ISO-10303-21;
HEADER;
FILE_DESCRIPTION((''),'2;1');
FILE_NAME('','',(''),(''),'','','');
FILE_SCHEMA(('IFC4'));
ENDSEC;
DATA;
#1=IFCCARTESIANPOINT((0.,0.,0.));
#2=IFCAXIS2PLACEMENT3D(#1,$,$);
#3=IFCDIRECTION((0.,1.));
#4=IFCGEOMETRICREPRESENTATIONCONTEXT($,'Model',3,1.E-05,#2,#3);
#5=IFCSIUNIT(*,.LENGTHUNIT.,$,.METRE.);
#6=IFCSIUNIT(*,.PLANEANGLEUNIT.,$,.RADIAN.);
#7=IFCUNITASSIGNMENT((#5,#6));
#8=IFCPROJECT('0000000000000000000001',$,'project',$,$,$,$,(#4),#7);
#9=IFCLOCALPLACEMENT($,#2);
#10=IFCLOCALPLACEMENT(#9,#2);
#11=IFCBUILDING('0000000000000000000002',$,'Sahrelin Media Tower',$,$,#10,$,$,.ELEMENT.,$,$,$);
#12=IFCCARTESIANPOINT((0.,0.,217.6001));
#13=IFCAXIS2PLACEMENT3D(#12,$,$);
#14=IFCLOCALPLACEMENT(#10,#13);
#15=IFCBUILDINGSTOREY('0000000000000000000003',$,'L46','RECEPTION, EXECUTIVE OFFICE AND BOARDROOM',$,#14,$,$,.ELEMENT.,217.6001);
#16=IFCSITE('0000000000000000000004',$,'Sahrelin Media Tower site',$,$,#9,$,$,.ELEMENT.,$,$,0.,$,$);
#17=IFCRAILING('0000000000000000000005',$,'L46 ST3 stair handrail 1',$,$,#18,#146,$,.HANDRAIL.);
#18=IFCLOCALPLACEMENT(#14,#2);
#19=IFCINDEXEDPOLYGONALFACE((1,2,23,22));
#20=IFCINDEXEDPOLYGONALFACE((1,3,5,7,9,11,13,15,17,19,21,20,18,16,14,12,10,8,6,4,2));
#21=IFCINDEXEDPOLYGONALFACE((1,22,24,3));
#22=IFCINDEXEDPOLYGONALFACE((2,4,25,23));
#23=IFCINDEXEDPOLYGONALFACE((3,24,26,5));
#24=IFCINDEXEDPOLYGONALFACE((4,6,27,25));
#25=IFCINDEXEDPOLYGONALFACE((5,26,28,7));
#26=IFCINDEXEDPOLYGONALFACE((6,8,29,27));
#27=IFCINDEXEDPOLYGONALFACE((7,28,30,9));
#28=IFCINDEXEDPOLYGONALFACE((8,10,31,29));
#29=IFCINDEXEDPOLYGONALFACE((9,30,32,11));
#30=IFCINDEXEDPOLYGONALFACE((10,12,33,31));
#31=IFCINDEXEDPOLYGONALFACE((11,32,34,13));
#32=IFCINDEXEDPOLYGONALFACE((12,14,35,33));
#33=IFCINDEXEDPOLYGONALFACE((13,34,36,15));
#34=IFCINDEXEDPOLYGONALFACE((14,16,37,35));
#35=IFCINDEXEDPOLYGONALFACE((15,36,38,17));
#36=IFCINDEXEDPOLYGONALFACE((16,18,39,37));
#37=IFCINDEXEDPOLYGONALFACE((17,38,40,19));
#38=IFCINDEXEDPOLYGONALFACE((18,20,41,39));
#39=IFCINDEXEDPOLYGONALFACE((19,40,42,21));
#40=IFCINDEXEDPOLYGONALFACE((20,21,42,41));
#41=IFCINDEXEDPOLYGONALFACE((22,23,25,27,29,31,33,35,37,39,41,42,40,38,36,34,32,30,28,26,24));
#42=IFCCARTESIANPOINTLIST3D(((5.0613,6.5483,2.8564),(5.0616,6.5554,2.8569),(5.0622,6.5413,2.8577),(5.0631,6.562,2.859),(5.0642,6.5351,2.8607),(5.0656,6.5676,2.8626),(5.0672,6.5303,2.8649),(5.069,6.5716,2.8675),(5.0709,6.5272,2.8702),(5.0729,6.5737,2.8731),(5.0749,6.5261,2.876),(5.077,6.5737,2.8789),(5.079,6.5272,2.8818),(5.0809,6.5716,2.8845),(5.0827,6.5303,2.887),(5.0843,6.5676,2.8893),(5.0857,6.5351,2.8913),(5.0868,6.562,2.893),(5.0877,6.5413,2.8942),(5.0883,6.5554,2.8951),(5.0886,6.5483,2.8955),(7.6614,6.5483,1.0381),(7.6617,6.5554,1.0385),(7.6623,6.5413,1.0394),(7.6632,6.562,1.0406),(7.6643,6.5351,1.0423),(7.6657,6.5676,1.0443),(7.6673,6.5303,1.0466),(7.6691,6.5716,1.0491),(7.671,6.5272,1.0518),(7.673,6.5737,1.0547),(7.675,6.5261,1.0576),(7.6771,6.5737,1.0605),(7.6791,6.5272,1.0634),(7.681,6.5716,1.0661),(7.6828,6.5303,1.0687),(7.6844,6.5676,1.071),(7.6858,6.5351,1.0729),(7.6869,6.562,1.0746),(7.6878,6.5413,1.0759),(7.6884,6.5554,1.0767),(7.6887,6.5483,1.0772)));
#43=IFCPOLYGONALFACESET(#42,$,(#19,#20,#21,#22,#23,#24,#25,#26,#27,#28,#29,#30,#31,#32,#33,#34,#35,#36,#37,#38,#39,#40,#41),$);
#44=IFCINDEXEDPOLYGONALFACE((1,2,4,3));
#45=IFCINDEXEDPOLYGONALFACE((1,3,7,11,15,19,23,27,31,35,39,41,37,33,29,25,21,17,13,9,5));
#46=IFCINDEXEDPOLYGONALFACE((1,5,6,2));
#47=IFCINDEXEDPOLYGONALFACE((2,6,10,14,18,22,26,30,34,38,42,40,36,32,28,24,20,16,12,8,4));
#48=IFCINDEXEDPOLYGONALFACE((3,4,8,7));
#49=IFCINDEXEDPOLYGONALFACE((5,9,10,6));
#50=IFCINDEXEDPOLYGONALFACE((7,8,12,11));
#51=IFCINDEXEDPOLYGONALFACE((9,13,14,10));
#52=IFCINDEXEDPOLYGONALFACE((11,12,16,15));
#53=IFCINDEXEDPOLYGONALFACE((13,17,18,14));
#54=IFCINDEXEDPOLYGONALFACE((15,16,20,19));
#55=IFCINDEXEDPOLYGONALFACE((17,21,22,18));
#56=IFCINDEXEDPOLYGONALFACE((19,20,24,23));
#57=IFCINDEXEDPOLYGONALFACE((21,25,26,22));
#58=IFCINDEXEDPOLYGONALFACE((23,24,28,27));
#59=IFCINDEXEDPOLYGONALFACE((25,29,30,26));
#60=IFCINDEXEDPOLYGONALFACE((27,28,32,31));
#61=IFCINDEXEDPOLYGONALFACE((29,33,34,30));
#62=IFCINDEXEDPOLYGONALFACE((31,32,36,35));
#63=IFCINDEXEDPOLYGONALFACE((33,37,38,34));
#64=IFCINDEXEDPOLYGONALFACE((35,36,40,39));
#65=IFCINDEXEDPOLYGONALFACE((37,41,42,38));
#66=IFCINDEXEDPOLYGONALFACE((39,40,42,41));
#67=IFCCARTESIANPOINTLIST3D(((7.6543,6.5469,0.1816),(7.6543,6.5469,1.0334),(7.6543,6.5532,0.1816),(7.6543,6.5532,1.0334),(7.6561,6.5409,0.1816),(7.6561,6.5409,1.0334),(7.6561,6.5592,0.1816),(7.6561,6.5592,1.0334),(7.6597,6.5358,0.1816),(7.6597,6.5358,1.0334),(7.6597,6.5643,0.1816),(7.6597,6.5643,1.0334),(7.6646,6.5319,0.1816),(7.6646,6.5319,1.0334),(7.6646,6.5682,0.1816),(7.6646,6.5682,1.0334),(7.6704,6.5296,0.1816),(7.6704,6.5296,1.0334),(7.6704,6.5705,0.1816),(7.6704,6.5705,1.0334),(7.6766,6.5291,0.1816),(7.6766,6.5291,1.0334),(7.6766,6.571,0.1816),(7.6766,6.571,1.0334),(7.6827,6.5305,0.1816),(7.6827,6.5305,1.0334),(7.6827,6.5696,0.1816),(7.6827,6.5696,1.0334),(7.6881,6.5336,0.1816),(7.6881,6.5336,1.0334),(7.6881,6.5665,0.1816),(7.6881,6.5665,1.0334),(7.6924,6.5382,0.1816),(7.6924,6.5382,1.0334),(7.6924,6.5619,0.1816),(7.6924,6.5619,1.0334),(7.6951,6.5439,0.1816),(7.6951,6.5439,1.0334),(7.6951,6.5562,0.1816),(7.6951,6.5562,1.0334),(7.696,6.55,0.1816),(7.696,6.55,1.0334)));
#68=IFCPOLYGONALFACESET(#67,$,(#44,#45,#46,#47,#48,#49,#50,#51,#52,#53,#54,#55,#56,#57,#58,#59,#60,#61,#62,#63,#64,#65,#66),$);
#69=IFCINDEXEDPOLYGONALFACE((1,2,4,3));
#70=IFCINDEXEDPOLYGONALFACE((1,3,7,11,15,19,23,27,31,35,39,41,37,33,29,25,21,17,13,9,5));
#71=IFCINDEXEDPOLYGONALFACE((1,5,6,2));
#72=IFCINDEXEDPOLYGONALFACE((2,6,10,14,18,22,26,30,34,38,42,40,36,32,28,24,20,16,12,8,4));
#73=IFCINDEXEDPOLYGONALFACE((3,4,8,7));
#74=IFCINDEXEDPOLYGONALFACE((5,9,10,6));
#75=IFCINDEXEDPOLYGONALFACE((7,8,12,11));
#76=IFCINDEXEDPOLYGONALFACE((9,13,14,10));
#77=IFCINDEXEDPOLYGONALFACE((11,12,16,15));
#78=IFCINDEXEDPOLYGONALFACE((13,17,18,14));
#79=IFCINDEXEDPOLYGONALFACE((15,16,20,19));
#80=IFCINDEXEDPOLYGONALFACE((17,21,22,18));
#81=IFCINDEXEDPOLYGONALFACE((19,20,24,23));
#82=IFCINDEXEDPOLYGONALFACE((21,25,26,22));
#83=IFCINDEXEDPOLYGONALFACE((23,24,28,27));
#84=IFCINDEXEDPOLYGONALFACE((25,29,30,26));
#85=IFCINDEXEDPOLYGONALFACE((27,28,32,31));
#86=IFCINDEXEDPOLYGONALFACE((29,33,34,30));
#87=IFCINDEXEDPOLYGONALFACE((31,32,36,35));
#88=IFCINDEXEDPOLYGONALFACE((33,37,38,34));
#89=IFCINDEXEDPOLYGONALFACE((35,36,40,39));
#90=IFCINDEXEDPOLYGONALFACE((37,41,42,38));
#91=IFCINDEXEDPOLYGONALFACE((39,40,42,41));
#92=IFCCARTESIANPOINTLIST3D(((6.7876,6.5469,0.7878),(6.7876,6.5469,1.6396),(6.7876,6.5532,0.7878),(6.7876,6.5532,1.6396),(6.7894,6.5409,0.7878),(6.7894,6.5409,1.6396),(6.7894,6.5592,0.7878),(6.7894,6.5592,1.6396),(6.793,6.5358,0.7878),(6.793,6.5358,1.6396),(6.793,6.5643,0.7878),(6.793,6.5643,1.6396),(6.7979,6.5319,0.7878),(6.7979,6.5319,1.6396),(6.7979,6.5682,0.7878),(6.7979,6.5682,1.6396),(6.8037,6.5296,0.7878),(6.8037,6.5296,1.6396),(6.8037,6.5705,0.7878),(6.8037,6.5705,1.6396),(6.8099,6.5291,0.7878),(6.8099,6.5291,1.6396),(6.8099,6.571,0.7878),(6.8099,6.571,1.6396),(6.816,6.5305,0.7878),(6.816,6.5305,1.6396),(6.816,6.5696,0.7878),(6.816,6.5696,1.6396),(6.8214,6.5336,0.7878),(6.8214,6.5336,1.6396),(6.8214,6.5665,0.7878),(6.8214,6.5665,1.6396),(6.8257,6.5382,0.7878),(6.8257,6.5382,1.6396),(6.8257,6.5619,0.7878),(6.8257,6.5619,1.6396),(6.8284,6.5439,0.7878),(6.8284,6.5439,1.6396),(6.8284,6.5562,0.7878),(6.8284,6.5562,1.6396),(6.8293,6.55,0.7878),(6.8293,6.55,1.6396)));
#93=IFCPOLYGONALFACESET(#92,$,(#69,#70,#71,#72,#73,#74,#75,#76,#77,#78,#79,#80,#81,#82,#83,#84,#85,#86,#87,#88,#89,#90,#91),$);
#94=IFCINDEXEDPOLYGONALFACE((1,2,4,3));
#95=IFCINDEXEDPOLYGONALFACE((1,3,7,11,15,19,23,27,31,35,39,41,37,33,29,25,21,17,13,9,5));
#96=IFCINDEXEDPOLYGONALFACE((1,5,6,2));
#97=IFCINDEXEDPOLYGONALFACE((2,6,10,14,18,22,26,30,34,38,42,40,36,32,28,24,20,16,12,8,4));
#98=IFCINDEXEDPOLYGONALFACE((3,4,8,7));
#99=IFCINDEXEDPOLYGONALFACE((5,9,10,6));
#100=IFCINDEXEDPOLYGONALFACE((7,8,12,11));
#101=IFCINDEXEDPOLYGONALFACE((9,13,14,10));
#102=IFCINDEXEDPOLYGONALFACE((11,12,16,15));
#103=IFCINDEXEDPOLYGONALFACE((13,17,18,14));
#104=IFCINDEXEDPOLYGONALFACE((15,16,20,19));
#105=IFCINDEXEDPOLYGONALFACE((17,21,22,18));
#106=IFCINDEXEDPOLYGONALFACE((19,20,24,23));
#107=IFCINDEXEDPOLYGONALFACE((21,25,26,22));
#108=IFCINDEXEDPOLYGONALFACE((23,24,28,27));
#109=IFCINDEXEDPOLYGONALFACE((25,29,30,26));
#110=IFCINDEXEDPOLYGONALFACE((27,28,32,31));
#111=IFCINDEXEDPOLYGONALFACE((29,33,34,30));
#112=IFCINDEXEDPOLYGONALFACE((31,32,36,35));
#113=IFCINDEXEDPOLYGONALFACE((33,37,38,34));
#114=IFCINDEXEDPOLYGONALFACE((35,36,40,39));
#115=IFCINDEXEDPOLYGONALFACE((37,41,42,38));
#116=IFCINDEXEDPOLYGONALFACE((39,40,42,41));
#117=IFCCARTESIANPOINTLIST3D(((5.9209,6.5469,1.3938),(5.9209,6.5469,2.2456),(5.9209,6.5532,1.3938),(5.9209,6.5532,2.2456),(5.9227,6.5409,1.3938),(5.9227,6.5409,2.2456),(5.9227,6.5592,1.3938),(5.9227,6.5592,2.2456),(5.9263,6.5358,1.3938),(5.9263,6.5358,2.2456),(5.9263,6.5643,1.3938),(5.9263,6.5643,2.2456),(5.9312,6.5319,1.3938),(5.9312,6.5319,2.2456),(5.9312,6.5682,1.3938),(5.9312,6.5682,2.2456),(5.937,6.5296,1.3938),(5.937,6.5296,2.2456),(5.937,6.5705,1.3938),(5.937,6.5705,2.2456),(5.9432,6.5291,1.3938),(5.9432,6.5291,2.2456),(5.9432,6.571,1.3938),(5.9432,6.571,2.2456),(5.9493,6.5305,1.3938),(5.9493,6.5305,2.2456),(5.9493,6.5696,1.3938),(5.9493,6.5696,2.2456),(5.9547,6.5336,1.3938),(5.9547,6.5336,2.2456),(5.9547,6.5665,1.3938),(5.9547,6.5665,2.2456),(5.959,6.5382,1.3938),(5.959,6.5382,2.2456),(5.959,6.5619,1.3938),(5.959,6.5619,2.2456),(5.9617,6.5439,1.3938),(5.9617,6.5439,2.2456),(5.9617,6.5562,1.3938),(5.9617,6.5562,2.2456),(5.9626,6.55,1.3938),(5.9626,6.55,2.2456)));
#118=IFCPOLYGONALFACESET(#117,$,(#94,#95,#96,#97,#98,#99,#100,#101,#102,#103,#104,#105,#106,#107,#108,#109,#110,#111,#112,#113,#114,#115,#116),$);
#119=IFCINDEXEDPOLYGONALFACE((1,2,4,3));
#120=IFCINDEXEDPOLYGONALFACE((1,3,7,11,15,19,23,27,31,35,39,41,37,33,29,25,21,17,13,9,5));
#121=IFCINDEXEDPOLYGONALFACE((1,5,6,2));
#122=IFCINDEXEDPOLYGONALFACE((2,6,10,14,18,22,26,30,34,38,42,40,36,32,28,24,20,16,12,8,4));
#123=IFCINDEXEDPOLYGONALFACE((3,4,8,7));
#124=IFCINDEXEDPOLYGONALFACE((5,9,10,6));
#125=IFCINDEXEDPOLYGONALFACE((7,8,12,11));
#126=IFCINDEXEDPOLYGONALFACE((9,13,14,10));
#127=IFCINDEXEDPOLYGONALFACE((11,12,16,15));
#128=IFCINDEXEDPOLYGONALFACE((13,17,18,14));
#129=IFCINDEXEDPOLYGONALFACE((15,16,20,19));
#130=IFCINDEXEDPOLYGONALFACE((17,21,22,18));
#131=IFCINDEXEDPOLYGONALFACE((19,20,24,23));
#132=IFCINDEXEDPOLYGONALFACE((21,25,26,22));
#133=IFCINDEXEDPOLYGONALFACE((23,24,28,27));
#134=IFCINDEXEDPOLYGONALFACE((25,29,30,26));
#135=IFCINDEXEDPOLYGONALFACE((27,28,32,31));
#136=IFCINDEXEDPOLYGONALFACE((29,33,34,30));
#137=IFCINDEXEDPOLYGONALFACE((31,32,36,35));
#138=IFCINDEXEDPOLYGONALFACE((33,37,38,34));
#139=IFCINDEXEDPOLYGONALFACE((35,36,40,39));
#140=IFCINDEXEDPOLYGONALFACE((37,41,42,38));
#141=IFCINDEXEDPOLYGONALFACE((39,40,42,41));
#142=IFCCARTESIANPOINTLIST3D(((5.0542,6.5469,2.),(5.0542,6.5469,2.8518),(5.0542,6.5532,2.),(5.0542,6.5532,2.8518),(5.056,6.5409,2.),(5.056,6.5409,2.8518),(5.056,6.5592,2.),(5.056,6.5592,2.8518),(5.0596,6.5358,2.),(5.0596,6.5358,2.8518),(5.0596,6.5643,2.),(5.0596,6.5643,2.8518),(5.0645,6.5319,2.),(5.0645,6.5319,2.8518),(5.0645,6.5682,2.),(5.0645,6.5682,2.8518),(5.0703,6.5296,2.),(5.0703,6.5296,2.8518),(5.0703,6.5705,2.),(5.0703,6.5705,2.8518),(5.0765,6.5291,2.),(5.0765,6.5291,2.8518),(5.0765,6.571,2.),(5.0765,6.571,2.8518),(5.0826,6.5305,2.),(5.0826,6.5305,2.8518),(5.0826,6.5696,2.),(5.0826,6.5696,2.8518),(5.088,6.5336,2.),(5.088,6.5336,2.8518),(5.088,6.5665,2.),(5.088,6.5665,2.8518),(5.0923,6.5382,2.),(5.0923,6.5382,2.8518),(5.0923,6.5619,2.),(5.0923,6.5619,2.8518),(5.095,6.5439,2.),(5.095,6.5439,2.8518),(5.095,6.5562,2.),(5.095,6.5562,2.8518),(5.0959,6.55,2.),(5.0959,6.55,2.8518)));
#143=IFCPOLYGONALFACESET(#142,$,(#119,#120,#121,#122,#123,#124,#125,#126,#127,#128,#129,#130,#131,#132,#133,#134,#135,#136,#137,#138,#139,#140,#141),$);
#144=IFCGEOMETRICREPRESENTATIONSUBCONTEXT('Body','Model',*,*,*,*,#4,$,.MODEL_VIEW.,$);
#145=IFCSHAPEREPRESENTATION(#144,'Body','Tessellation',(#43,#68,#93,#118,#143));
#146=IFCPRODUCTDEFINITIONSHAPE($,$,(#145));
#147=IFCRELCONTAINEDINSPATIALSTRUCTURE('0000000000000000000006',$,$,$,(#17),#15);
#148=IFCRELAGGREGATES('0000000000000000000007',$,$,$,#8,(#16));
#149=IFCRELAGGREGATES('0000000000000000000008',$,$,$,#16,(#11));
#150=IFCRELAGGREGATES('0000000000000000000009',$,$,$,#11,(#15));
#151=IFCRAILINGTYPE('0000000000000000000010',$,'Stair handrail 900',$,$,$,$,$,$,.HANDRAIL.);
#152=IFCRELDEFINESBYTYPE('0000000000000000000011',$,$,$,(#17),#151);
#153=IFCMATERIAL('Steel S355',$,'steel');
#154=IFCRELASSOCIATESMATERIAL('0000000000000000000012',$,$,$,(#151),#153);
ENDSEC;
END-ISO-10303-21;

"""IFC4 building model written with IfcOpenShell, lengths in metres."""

from ifc_helpers import new_model, si_unit, direction, frame, origin, origin_2d, place, context, subcontext, project, spatial, circle, extrude, material, type_object, element, save


model = new_model("IFC4")

# Units and contexts
model_context = context("Model", 3, precision=1e-05, world=origin(), true_north=direction((0.0, 1.0)))
body_context = subcontext(model_context, "Body", "Model", "MODEL_VIEW")
ifc_project = project(units=[si_unit("LENGTHUNIT", "METRE"), si_unit("PLANEANGLEUNIT", "RADIAN")], contexts=[model_context])

# Site, building, storey
site_placement = place(None, origin())
site = spatial("IfcSite", under=ifc_project, at=site_placement, Name="Sahrelin Media Tower site", CompositionType="ELEMENT", RefElevation=0.0)
building_placement = place(site_placement, origin())
building = spatial("IfcBuilding", under=site, at=building_placement, Name="Sahrelin Media Tower", CompositionType="ELEMENT")
storey_placement = place(building_placement, frame((0.0, 0.0, 217.6001)))
storey = spatial("IfcBuildingStorey", under=building, at=storey_placement, Name="L46", Description="RECEPTION, EXECUTIVE OFFICE AND BOARDROOM", CompositionType="ELEMENT", Elevation=217.6001)

# Shared definitions
ifc_material_1 = material(Name="Steel S355", Category="steel")

# Railing
railing_type_1 = type_object("IfcRailingType", Name="Stair handrail 900", PredefinedType="HANDRAIL", material=ifc_material_1)
railing_1_placement = place(storey_placement, frame((7.675, 6.55, 0.1816)))
element("IfcRailing", 1, at=railing_1_placement, inside=storey, type_object=railing_type_1, Name="L46 ST3 stair handrail 1", PredefinedType="HANDRAIL", context=body_context, shape_type="SweptSolid", body=[
    extrude(circle(Radius=0.0239, at=origin_2d()), frame((0.0, 0.0, 0.876), z_axis=(-0.819485, 0.0, 0.573101), x_axis=(0.0, -1.0, 0.0)), (0.0, 0.0, 1.0), 3.1729),
    extrude(circle(Radius=0.021, at=origin_2d()), origin(), (0.0, 0.0, 1.0), 0.8518),
    extrude(circle(Radius=0.021, at=origin_2d()), frame((-0.8667, 0.0, 0.6062)), (0.0, 0.0, 1.0), 0.8518),
    extrude(circle(Radius=0.021, at=origin_2d()), frame((-1.7334, 0.0, 1.2122)), (0.0, 0.0, 1.0), 0.8518),
    extrude(circle(Radius=0.021, at=origin_2d()), frame((-2.6001, 0.0, 1.8184)), (0.0, 0.0, 1.0), 0.8518),
])

save(model, "model.ifc")
